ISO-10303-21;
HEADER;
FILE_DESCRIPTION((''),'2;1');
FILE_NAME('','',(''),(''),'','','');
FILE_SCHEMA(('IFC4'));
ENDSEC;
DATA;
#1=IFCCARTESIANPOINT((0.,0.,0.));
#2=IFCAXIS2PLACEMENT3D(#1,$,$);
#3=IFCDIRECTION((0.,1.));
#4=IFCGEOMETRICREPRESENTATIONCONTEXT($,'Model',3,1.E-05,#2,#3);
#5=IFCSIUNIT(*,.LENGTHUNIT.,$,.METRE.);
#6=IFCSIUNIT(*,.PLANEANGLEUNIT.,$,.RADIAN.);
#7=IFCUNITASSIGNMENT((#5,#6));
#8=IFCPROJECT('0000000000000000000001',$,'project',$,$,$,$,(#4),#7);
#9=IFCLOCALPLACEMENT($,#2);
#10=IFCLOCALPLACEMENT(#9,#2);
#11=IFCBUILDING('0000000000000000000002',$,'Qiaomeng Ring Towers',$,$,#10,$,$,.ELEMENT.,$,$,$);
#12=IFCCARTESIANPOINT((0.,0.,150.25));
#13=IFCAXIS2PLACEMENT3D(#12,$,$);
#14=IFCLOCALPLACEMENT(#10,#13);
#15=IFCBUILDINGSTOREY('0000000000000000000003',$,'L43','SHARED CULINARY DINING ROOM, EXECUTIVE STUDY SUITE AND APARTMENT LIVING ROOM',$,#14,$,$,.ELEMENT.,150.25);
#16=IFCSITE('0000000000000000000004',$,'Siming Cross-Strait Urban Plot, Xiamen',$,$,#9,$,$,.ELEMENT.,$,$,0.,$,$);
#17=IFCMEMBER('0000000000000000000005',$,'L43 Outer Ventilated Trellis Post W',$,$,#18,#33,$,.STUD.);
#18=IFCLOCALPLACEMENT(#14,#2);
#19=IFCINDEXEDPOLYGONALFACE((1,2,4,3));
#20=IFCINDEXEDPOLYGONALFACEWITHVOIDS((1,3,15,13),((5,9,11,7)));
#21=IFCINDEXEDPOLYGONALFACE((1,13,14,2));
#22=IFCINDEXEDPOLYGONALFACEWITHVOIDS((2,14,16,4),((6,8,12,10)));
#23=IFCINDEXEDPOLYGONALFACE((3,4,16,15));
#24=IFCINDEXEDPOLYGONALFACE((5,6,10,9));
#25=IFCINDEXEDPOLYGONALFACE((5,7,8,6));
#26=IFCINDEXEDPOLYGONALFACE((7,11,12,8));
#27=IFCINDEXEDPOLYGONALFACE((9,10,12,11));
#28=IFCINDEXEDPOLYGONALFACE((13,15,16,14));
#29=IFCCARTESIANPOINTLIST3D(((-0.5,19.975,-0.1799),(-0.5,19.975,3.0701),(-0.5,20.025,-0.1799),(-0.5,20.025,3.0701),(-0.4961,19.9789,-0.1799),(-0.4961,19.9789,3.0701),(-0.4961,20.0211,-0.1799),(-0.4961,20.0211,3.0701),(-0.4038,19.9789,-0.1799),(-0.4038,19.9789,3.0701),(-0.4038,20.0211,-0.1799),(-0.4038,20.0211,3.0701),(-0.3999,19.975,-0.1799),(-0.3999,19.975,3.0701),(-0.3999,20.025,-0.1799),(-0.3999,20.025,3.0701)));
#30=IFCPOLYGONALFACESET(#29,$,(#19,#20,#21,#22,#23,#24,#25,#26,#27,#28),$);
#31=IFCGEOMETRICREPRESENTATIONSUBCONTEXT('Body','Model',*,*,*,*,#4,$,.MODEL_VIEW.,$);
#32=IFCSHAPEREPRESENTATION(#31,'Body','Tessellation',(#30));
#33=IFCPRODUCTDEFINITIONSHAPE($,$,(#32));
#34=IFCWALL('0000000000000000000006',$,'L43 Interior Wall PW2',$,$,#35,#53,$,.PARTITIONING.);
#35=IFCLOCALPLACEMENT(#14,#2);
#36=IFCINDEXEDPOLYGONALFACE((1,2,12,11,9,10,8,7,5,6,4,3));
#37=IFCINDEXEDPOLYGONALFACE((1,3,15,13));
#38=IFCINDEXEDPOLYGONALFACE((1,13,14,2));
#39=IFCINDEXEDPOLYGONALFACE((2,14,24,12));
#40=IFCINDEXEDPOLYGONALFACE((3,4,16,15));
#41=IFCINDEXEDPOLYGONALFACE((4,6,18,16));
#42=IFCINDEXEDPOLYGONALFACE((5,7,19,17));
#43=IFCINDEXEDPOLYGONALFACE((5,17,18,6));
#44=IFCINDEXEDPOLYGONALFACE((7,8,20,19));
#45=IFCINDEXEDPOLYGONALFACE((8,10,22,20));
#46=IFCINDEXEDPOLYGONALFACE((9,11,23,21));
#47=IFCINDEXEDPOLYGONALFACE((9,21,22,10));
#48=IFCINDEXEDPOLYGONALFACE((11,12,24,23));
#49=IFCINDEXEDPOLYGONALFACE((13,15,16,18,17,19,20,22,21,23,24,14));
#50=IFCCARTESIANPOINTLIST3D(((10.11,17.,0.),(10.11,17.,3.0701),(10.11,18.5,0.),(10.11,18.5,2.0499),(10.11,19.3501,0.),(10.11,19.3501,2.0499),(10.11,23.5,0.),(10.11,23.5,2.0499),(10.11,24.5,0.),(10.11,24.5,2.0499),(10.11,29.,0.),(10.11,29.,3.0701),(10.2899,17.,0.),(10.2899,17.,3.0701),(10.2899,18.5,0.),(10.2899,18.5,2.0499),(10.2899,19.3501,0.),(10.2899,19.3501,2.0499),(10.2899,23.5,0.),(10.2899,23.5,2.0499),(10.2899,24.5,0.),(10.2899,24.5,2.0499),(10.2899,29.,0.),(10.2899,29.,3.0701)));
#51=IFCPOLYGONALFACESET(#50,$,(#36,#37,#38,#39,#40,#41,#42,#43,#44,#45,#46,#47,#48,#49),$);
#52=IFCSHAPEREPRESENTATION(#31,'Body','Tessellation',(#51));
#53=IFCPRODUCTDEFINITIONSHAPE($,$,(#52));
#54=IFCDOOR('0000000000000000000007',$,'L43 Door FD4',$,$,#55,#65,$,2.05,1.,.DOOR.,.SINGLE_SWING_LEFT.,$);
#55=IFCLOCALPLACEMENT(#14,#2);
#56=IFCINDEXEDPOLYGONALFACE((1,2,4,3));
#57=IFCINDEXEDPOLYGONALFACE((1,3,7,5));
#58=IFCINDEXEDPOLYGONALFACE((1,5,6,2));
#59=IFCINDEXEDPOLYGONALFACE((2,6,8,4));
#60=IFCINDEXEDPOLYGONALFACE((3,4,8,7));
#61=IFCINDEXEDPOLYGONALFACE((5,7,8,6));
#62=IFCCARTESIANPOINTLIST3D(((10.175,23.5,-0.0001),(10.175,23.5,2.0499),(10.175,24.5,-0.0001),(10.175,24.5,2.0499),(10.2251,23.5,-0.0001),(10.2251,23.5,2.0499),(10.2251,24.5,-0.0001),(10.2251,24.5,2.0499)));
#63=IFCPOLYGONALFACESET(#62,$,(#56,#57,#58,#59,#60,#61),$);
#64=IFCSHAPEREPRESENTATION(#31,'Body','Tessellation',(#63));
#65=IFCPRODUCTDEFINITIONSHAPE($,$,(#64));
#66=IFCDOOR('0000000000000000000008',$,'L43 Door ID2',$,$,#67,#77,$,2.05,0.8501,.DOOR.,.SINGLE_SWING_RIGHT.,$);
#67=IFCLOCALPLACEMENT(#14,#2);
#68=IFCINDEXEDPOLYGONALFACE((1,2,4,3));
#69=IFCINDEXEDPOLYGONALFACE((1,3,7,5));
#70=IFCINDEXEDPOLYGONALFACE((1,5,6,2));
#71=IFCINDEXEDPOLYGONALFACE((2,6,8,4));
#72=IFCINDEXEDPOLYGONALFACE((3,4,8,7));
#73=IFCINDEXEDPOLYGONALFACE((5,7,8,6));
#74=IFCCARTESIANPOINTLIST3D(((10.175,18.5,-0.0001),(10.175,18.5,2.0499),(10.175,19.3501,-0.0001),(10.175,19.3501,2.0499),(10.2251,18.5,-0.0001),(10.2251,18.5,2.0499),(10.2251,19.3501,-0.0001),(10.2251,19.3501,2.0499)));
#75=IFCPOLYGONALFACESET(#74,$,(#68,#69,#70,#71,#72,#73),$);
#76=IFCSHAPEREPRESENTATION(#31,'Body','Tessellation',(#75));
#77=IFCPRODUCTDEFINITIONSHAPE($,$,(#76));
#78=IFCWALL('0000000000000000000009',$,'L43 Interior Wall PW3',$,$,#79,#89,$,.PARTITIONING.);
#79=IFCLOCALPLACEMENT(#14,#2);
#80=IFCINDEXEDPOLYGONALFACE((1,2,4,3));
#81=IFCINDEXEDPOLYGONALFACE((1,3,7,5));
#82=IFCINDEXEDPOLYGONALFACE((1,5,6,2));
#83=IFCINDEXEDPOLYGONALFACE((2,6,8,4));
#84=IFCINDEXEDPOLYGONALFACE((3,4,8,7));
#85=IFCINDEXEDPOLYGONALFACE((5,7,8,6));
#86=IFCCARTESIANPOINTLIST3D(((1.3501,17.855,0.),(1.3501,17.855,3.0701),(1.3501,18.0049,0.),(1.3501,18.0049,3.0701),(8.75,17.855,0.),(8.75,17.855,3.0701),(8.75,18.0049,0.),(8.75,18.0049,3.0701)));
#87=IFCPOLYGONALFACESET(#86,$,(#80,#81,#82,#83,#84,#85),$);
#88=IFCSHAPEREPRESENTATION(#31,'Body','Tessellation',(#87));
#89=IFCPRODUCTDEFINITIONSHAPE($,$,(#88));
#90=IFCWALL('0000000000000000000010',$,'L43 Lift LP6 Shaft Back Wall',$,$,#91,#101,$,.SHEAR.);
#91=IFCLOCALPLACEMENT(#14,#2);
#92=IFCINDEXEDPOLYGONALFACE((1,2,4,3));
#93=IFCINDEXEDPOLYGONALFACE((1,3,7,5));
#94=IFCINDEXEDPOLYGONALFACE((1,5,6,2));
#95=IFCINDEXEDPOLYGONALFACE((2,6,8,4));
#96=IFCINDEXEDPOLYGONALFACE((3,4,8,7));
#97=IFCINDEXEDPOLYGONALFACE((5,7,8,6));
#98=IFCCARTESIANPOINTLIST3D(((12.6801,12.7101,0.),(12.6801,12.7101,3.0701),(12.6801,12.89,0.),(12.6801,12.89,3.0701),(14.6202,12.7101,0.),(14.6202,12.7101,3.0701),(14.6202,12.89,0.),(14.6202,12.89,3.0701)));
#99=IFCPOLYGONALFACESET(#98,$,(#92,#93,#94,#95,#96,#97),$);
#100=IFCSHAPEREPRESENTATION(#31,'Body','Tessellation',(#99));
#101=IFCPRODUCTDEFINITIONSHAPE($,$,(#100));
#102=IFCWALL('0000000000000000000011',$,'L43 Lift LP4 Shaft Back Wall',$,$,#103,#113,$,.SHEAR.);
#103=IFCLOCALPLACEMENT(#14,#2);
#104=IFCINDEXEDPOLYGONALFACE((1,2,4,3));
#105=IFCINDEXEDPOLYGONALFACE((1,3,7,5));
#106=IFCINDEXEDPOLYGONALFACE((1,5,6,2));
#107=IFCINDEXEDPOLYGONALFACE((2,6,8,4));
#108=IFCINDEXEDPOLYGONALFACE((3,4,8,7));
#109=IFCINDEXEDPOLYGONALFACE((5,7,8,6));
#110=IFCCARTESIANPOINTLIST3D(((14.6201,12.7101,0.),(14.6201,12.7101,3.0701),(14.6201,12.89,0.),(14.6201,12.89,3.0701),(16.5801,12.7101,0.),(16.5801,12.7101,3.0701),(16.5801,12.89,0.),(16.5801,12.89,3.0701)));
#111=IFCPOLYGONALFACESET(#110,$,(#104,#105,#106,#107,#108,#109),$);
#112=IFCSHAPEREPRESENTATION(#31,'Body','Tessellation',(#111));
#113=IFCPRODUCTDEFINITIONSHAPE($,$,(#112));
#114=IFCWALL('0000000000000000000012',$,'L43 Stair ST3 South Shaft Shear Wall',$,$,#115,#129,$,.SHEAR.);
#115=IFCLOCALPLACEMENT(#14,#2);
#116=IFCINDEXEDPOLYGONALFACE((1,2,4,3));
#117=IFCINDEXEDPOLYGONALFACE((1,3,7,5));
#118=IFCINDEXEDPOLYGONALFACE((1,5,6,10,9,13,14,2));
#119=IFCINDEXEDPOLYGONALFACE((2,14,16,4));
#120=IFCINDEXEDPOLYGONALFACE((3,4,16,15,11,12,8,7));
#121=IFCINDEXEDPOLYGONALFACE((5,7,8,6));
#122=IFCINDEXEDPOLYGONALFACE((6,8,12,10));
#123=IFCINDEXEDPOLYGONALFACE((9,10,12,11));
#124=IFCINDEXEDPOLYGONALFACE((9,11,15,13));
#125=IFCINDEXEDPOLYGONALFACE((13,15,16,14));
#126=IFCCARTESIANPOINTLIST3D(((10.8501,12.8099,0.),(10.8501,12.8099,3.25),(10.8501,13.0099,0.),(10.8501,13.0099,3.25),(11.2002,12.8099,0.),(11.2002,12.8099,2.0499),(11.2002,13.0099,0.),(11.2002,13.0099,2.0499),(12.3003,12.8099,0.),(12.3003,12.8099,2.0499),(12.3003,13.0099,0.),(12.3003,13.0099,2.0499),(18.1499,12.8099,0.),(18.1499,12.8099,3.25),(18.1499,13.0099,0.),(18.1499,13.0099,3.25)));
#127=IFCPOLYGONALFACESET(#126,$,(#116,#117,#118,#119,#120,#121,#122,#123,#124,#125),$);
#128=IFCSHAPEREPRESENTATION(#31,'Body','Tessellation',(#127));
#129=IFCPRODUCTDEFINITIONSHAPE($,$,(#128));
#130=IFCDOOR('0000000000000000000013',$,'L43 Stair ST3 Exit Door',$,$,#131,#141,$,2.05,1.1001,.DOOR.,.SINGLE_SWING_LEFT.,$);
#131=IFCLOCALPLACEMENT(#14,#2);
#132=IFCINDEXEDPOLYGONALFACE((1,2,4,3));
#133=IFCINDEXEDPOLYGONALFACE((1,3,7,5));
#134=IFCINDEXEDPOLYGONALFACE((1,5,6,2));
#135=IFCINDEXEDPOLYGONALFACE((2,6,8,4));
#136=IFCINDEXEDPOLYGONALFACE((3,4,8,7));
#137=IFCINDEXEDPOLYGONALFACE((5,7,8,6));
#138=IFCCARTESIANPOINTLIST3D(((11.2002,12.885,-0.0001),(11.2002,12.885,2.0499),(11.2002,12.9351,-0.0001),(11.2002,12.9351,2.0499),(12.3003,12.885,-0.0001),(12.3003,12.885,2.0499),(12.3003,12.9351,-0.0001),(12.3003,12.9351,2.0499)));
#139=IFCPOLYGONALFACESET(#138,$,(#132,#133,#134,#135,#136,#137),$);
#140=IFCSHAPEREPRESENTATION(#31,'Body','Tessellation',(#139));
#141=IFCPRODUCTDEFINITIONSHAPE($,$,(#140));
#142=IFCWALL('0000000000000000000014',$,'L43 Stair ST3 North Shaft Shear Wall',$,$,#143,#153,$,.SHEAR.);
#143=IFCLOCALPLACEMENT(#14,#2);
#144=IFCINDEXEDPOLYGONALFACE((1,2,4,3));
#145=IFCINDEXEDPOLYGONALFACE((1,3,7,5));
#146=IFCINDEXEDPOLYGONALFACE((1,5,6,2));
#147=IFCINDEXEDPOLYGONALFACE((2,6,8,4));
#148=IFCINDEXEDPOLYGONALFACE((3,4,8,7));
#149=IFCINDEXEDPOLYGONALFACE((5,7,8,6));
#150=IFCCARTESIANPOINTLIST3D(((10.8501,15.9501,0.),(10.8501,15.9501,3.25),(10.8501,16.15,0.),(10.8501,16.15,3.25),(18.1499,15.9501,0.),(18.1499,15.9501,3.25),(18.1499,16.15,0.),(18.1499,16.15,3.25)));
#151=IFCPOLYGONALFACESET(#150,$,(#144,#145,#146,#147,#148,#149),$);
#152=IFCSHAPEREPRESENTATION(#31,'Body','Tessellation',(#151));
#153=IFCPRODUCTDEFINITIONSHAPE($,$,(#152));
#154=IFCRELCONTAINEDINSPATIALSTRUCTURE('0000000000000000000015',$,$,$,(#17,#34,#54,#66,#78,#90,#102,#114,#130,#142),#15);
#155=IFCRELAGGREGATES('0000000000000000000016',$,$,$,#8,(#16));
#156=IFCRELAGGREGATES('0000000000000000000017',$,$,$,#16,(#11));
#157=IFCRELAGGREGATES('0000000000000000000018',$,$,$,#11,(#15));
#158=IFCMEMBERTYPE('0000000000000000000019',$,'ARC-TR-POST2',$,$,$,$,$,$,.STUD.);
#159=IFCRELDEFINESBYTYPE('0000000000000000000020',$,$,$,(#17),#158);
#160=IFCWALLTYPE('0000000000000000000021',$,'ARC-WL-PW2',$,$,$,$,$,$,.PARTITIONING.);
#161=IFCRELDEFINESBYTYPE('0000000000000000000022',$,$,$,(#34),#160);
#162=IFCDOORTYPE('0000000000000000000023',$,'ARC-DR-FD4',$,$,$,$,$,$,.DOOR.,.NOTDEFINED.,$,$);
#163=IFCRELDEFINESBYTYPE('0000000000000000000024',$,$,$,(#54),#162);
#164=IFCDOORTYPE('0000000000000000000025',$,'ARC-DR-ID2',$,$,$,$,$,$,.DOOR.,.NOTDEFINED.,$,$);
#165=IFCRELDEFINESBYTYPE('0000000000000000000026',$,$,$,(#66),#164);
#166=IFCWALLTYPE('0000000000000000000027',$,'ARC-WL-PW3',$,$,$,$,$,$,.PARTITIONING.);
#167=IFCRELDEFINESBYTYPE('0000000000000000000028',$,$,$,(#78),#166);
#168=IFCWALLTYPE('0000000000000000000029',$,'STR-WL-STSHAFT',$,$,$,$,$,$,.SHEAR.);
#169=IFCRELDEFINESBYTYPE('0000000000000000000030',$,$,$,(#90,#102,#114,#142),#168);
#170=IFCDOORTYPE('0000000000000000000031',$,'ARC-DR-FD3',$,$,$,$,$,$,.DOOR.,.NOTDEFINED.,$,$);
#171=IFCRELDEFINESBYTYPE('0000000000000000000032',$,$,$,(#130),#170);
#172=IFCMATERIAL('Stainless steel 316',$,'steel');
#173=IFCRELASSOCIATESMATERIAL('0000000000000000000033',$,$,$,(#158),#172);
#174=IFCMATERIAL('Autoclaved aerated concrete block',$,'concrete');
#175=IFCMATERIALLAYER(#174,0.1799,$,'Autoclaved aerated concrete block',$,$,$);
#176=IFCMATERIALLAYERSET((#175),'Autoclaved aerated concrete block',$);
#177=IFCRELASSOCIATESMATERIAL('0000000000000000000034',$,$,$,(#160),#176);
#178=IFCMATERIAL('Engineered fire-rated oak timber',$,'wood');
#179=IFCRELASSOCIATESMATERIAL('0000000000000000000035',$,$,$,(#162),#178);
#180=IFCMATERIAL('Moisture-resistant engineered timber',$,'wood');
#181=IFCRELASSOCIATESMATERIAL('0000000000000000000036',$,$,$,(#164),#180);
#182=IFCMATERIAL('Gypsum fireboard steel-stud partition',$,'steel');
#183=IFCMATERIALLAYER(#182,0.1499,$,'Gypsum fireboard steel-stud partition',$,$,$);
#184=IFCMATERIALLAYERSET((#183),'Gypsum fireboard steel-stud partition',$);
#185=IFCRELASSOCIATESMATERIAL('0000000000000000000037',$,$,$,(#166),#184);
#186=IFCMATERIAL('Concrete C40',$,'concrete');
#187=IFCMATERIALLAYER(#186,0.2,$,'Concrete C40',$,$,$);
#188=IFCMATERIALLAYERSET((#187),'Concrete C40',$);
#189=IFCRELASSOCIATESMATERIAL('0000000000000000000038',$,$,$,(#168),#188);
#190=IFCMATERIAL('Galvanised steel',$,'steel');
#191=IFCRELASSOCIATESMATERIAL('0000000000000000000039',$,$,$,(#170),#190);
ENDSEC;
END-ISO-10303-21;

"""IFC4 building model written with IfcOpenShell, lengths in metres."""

from ifc_helpers import new_model, si_unit, direction, frame, frame_2d, origin, origin_2d, place, context, subcontext, project, spatial, rectangle, hollow_rectangle, extrude, source, transform, mapped, material, layer, layer_set, material_profile, profile_set, type_object, element, fill, save


model = new_model("IFC4")

# Units and contexts
model_context = context("Model", 3, precision=1e-05, world=origin(), true_north=direction((0.0, 1.0)))
body_context = subcontext(model_context, "Body", "Model", "MODEL_VIEW")
ifc_project = project(units=[si_unit("LENGTHUNIT", "METRE"), si_unit("PLANEANGLEUNIT", "RADIAN")], contexts=[model_context])

# Site, building, storey
site_placement = place(None, origin())
site = spatial("IfcSite", under=ifc_project, at=site_placement, Name="Siming Cross-Strait Urban Plot, Xiamen", CompositionType="ELEMENT", RefElevation=0.0)
building_placement = place(site_placement, origin())
building = spatial("IfcBuilding", under=site, at=building_placement, Name="Qiaomeng Ring Towers", CompositionType="ELEMENT")
storey_placement = place(building_placement, frame((0.0, 0.0, 150.25)))
storey = spatial("IfcBuildingStorey", under=building, at=storey_placement, Name="L43", Description="SHARED CULINARY DINING ROOM, EXECUTIVE STUDY SUITE AND APARTMENT LIVING ROOM", CompositionType="ELEMENT", Elevation=150.25)

# Member
ifc_material_1 = material(Name="Stainless steel 316", Category="steel")
ifc_material_profile_1 = material_profile(ifc_material_1, hollow_rectangle(XDim=0.05, YDim=0.1001, WallThickness=0.0039, at=origin_2d()), Name="SS TRELLIS 100x50")
ifc_profile_set_1 = profile_set([ifc_material_profile_1], Name="Stainless steel 316")
member_type_1 = type_object("IfcMemberType", Name="ARC-TR-POST2", PredefinedType="STUD", material=ifc_profile_set_1)
shared_shape_1 = source(origin(), body_context, "Body", "SweptSolid", [
    extrude(hollow_rectangle(XDim=0.05, YDim=0.1001, WallThickness=0.0039, at=origin_2d()), origin(), (0.0, 0.0, 1.0), 3.25),
])
member_1_placement = place(storey_placement, frame((-0.45, 20.0, -0.1799), z_axis=(0.0, 0.0, 1.0), x_axis=(0.0, 1.0, 0.0)))
element("IfcMember", 1, at=member_1_placement, inside=storey, type_object=member_type_1, Name="L43 Outer Ventilated Trellis Post W", PredefinedType="STUD", context=body_context, shape_type="MappedRepresentation", body=[
    mapped(shared_shape_1, transform((0.0, 0.0, 0.0), x_axis=(1.0, 0.0, 0.0), y_axis=(0.0, 1.0, 0.0), z_axis=(0.0, 0.0, 1.0), scale=1.0)),
])

# Wall, openings, doors
ifc_material_2 = material(Name="Autoclaved aerated concrete block", Category="concrete")
ifc_layer_1 = layer(ifc_material_2, 0.1799, Name="Autoclaved aerated concrete block")
ifc_layer_set_1 = layer_set([ifc_layer_1], Name="Autoclaved aerated concrete block")
wall_type_1 = type_object("IfcWallType", Name="ARC-WL-PW2", PredefinedType="PARTITIONING", material=ifc_layer_set_1)
wall_1_placement = place(storey_placement, frame((10.2, 17.0, 0.0), z_axis=(0.0, 0.0, 1.0), x_axis=(0.0, 1.0, 0.0)))
wall_1 = element("IfcWall", 2, at=wall_1_placement, inside=storey, type_object=wall_type_1, Name="L43 Interior Wall PW2", PredefinedType="PARTITIONING", context=body_context, shape_type="SweptSolid", body=[
    extrude(rectangle(XDim=12.0, YDim=0.1799, at=frame_2d((6.0, 0.0))), origin(), (0.0, 0.0, 1.0), 3.0701),
])
opening_1_placement = place(wall_1_placement, frame((1.5, 0.0, 0.0)))
opening_1 = element("IfcOpeningElement", 3, at=opening_1_placement, cuts=wall_1, PredefinedType="OPENING", context=body_context, shape_type="SweptSolid", body=[
    extrude(rectangle(XDim=0.8501, YDim=2.05, at=frame_2d((0.425, 1.0249))), frame((0.0, 0.0999, 0.0), z_axis=(0.0, -1.0, 0.0), x_axis=(1.0, 0.0, 0.0)), (0.0, 0.0, 1.0), 0.2),
])
opening_2_placement = place(wall_1_placement, frame((6.5, 0.0, 0.0)))
opening_2 = element("IfcOpeningElement", 4, at=opening_2_placement, cuts=wall_1, PredefinedType="OPENING", context=body_context, shape_type="SweptSolid", body=[
    extrude(rectangle(XDim=1.0, YDim=2.05, at=frame_2d((0.5, 1.0249))), frame((0.0, 0.0999, 0.0), z_axis=(0.0, -1.0, 0.0), x_axis=(1.0, 0.0, 0.0)), (0.0, 0.0, 1.0), 0.2),
])
ifc_material_3 = material(Name="Engineered fire-rated oak timber", Category="wood")
door_type_1 = type_object("IfcDoorType", Name="ARC-DR-FD4", OperationType="NOTDEFINED", PredefinedType="DOOR", material=ifc_material_3)
shared_shape_2 = source(origin(), body_context, "Body", "SweptSolid", [
    extrude(rectangle(XDim=1.0, YDim=2.05, at=frame_2d((0.5, 1.0249))), frame((0.0, 0.0249, 0.0), z_axis=(0.0, -1.0, 0.0), x_axis=(1.0, 0.0, 0.0)), (0.0, 0.0, 1.0), 0.05),
])
door_1_placement = place(opening_2_placement, origin())
door_1 = element("IfcDoor", 5, at=door_1_placement, inside=storey, type_object=door_type_1, Name="L43 Door FD4", OperationType="SINGLE_SWING_LEFT", OverallHeight=2.05, OverallWidth=1.0, PredefinedType="DOOR", context=body_context, shape_type="MappedRepresentation", body=[
    mapped(shared_shape_2, transform((0.0, 0.0, 0.0), x_axis=(1.0, 0.0, 0.0), y_axis=(0.0, 1.0, 0.0), z_axis=(0.0, 0.0, 1.0), scale=1.0)),
])
fill(opening_2, door_1)
ifc_material_4 = material(Name="Moisture-resistant engineered timber", Category="wood")
door_type_2 = type_object("IfcDoorType", Name="ARC-DR-ID2", OperationType="NOTDEFINED", PredefinedType="DOOR", material=ifc_material_4)
shared_shape_3 = source(origin(), body_context, "Body", "SweptSolid", [
    extrude(rectangle(XDim=0.8501, YDim=2.05, at=frame_2d((0.425, 1.0249))), frame((0.0, 0.0249, 0.0), z_axis=(0.0, -1.0, 0.0), x_axis=(1.0, 0.0, 0.0)), (0.0, 0.0, 1.0), 0.05),
])
door_2_placement = place(opening_1_placement, origin())
door_2 = element("IfcDoor", 6, at=door_2_placement, inside=storey, type_object=door_type_2, Name="L43 Door ID2", OperationType="SINGLE_SWING_RIGHT", OverallHeight=2.05, OverallWidth=0.8501, PredefinedType="DOOR", context=body_context, shape_type="MappedRepresentation", body=[
    mapped(shared_shape_3, transform((0.0, 0.0, 0.0), x_axis=(1.0, 0.0, 0.0), y_axis=(0.0, 1.0, 0.0), z_axis=(0.0, 0.0, 1.0), scale=1.0)),
])
fill(opening_1, door_2)

# Walls
ifc_material_5 = material(Name="Gypsum fireboard steel-stud partition", Category="steel")
ifc_layer_2 = layer(ifc_material_5, 0.1499, Name="Gypsum fireboard steel-stud partition")
ifc_layer_set_2 = layer_set([ifc_layer_2], Name="Gypsum fireboard steel-stud partition")
wall_type_2 = type_object("IfcWallType", Name="ARC-WL-PW3", PredefinedType="PARTITIONING", material=ifc_layer_set_2)
wall_2_placement = place(storey_placement, frame((1.3501, 17.9299, 0.0), z_axis=(0.0, 0.0, 1.0), x_axis=(1.0, 0.0, 0.0)))
element("IfcWall", 7, at=wall_2_placement, inside=storey, type_object=wall_type_2, Name="L43 Interior Wall PW3", PredefinedType="PARTITIONING", context=body_context, shape_type="SweptSolid", body=[
    extrude(rectangle(XDim=7.3999, YDim=0.1499, at=frame_2d((3.7, 0.0))), origin(), (0.0, 0.0, 1.0), 3.0701),
])
ifc_material_6 = material(Name="Concrete C40", Category="concrete")
ifc_layer_3 = layer(ifc_material_6, 0.2, Name="Concrete C40")
ifc_layer_set_3 = layer_set([ifc_layer_3], Name="Concrete C40")
wall_type_3 = type_object("IfcWallType", Name="STR-WL-STSHAFT", PredefinedType="SHEAR", material=ifc_layer_set_3)
wall_3_placement = place(storey_placement, frame((12.6799, 12.8, 0.0), z_axis=(0.0, 0.0, 1.0), x_axis=(1.0, 0.0, 0.0)))
element("IfcWall", 8, at=wall_3_placement, inside=storey, type_object=wall_type_3, Name="L43 Lift LP6 Shaft Back Wall", PredefinedType="SHEAR", context=body_context, shape_type="SweptSolid", body=[
    extrude(rectangle(XDim=1.9402, YDim=0.1799, at=frame_2d((0.9702, 0.0))), origin(), (0.0, 0.0, 1.0), 3.0701),
])
wall_4_placement = place(storey_placement, frame((14.6201, 12.8, 0.0), z_axis=(0.0, 0.0, 1.0), x_axis=(1.0, 0.0, 0.0)))
element("IfcWall", 9, at=wall_4_placement, inside=storey, type_object=wall_type_3, Name="L43 Lift LP4 Shaft Back Wall", PredefinedType="SHEAR", context=body_context, shape_type="SweptSolid", body=[
    extrude(rectangle(XDim=1.96, YDim=0.1799, at=frame_2d((0.98, 0.0))), origin(), (0.0, 0.0, 1.0), 3.0701),
])

# Wall, opening, door
wall_5_placement = place(storey_placement, frame((10.8501, 12.9099, 0.0), z_axis=(0.0, 0.0, 1.0), x_axis=(1.0, 0.0, 0.0)))
wall_5 = element("IfcWall", 10, at=wall_5_placement, inside=storey, type_object=wall_type_3, Name="L43 Stair ST3 South Shaft Shear Wall", PredefinedType="SHEAR", context=body_context, shape_type="SweptSolid", body=[
    extrude(rectangle(XDim=7.2998, YDim=0.2, at=frame_2d((3.6499, 0.0))), origin(), (0.0, 0.0, 1.0), 3.25),
])
opening_3_placement = place(wall_5_placement, frame((0.3501, 0.0, 0.0)))
opening_3 = element("IfcOpeningElement", 11, at=opening_3_placement, cuts=wall_5, PredefinedType="OPENING", context=body_context, shape_type="SweptSolid", body=[
    extrude(rectangle(XDim=1.1001, YDim=2.05, at=frame_2d((0.55, 1.0249))), frame((0.0, 0.1099, 0.0), z_axis=(0.0, -1.0, 0.0), x_axis=(1.0, 0.0, 0.0)), (0.0, 0.0, 1.0), 0.22),
])
ifc_material_7 = material(Name="Galvanised steel", Category="steel")
door_type_3 = type_object("IfcDoorType", Name="ARC-DR-FD3", OperationType="NOTDEFINED", PredefinedType="DOOR", material=ifc_material_7)
shared_shape_4 = source(origin(), body_context, "Body", "SweptSolid", [
    extrude(rectangle(XDim=1.1001, YDim=2.05, at=frame_2d((0.55, 1.0249))), frame((0.0, 0.0249, 0.0), z_axis=(0.0, -1.0, 0.0), x_axis=(1.0, 0.0, 0.0)), (0.0, 0.0, 1.0), 0.05),
])
door_3_placement = place(opening_3_placement, frame((1.1001, 0.0, 0.0), z_axis=(0.0, 0.0, 1.0), x_axis=(-1.0, 0.0, 0.0)))
door_3 = element("IfcDoor", 12, at=door_3_placement, inside=storey, type_object=door_type_3, Name="L43 Stair ST3 Exit Door", OperationType="SINGLE_SWING_LEFT", OverallHeight=2.05, OverallWidth=1.1001, PredefinedType="DOOR", context=body_context, shape_type="MappedRepresentation", body=[
    mapped(shared_shape_4, transform((0.0, 0.0, 0.0), x_axis=(1.0, 0.0, 0.0), y_axis=(0.0, 1.0, 0.0), z_axis=(0.0, 0.0, 1.0), scale=1.0)),
])
fill(opening_3, door_3)

# Wall
wall_6_placement = place(storey_placement, frame((10.8501, 16.05, 0.0), z_axis=(0.0, 0.0, 1.0), x_axis=(1.0, 0.0, 0.0)))
element("IfcWall", 13, at=wall_6_placement, inside=storey, type_object=wall_type_3, Name="L43 Stair ST3 North Shaft Shear Wall", PredefinedType="SHEAR", context=body_context, shape_type="SweptSolid", body=[
    extrude(rectangle(XDim=7.2998, YDim=0.2, at=frame_2d((3.6499, 0.0))), origin(), (0.0, 0.0, 1.0), 3.25),
])

save(model, "model.ifc")
